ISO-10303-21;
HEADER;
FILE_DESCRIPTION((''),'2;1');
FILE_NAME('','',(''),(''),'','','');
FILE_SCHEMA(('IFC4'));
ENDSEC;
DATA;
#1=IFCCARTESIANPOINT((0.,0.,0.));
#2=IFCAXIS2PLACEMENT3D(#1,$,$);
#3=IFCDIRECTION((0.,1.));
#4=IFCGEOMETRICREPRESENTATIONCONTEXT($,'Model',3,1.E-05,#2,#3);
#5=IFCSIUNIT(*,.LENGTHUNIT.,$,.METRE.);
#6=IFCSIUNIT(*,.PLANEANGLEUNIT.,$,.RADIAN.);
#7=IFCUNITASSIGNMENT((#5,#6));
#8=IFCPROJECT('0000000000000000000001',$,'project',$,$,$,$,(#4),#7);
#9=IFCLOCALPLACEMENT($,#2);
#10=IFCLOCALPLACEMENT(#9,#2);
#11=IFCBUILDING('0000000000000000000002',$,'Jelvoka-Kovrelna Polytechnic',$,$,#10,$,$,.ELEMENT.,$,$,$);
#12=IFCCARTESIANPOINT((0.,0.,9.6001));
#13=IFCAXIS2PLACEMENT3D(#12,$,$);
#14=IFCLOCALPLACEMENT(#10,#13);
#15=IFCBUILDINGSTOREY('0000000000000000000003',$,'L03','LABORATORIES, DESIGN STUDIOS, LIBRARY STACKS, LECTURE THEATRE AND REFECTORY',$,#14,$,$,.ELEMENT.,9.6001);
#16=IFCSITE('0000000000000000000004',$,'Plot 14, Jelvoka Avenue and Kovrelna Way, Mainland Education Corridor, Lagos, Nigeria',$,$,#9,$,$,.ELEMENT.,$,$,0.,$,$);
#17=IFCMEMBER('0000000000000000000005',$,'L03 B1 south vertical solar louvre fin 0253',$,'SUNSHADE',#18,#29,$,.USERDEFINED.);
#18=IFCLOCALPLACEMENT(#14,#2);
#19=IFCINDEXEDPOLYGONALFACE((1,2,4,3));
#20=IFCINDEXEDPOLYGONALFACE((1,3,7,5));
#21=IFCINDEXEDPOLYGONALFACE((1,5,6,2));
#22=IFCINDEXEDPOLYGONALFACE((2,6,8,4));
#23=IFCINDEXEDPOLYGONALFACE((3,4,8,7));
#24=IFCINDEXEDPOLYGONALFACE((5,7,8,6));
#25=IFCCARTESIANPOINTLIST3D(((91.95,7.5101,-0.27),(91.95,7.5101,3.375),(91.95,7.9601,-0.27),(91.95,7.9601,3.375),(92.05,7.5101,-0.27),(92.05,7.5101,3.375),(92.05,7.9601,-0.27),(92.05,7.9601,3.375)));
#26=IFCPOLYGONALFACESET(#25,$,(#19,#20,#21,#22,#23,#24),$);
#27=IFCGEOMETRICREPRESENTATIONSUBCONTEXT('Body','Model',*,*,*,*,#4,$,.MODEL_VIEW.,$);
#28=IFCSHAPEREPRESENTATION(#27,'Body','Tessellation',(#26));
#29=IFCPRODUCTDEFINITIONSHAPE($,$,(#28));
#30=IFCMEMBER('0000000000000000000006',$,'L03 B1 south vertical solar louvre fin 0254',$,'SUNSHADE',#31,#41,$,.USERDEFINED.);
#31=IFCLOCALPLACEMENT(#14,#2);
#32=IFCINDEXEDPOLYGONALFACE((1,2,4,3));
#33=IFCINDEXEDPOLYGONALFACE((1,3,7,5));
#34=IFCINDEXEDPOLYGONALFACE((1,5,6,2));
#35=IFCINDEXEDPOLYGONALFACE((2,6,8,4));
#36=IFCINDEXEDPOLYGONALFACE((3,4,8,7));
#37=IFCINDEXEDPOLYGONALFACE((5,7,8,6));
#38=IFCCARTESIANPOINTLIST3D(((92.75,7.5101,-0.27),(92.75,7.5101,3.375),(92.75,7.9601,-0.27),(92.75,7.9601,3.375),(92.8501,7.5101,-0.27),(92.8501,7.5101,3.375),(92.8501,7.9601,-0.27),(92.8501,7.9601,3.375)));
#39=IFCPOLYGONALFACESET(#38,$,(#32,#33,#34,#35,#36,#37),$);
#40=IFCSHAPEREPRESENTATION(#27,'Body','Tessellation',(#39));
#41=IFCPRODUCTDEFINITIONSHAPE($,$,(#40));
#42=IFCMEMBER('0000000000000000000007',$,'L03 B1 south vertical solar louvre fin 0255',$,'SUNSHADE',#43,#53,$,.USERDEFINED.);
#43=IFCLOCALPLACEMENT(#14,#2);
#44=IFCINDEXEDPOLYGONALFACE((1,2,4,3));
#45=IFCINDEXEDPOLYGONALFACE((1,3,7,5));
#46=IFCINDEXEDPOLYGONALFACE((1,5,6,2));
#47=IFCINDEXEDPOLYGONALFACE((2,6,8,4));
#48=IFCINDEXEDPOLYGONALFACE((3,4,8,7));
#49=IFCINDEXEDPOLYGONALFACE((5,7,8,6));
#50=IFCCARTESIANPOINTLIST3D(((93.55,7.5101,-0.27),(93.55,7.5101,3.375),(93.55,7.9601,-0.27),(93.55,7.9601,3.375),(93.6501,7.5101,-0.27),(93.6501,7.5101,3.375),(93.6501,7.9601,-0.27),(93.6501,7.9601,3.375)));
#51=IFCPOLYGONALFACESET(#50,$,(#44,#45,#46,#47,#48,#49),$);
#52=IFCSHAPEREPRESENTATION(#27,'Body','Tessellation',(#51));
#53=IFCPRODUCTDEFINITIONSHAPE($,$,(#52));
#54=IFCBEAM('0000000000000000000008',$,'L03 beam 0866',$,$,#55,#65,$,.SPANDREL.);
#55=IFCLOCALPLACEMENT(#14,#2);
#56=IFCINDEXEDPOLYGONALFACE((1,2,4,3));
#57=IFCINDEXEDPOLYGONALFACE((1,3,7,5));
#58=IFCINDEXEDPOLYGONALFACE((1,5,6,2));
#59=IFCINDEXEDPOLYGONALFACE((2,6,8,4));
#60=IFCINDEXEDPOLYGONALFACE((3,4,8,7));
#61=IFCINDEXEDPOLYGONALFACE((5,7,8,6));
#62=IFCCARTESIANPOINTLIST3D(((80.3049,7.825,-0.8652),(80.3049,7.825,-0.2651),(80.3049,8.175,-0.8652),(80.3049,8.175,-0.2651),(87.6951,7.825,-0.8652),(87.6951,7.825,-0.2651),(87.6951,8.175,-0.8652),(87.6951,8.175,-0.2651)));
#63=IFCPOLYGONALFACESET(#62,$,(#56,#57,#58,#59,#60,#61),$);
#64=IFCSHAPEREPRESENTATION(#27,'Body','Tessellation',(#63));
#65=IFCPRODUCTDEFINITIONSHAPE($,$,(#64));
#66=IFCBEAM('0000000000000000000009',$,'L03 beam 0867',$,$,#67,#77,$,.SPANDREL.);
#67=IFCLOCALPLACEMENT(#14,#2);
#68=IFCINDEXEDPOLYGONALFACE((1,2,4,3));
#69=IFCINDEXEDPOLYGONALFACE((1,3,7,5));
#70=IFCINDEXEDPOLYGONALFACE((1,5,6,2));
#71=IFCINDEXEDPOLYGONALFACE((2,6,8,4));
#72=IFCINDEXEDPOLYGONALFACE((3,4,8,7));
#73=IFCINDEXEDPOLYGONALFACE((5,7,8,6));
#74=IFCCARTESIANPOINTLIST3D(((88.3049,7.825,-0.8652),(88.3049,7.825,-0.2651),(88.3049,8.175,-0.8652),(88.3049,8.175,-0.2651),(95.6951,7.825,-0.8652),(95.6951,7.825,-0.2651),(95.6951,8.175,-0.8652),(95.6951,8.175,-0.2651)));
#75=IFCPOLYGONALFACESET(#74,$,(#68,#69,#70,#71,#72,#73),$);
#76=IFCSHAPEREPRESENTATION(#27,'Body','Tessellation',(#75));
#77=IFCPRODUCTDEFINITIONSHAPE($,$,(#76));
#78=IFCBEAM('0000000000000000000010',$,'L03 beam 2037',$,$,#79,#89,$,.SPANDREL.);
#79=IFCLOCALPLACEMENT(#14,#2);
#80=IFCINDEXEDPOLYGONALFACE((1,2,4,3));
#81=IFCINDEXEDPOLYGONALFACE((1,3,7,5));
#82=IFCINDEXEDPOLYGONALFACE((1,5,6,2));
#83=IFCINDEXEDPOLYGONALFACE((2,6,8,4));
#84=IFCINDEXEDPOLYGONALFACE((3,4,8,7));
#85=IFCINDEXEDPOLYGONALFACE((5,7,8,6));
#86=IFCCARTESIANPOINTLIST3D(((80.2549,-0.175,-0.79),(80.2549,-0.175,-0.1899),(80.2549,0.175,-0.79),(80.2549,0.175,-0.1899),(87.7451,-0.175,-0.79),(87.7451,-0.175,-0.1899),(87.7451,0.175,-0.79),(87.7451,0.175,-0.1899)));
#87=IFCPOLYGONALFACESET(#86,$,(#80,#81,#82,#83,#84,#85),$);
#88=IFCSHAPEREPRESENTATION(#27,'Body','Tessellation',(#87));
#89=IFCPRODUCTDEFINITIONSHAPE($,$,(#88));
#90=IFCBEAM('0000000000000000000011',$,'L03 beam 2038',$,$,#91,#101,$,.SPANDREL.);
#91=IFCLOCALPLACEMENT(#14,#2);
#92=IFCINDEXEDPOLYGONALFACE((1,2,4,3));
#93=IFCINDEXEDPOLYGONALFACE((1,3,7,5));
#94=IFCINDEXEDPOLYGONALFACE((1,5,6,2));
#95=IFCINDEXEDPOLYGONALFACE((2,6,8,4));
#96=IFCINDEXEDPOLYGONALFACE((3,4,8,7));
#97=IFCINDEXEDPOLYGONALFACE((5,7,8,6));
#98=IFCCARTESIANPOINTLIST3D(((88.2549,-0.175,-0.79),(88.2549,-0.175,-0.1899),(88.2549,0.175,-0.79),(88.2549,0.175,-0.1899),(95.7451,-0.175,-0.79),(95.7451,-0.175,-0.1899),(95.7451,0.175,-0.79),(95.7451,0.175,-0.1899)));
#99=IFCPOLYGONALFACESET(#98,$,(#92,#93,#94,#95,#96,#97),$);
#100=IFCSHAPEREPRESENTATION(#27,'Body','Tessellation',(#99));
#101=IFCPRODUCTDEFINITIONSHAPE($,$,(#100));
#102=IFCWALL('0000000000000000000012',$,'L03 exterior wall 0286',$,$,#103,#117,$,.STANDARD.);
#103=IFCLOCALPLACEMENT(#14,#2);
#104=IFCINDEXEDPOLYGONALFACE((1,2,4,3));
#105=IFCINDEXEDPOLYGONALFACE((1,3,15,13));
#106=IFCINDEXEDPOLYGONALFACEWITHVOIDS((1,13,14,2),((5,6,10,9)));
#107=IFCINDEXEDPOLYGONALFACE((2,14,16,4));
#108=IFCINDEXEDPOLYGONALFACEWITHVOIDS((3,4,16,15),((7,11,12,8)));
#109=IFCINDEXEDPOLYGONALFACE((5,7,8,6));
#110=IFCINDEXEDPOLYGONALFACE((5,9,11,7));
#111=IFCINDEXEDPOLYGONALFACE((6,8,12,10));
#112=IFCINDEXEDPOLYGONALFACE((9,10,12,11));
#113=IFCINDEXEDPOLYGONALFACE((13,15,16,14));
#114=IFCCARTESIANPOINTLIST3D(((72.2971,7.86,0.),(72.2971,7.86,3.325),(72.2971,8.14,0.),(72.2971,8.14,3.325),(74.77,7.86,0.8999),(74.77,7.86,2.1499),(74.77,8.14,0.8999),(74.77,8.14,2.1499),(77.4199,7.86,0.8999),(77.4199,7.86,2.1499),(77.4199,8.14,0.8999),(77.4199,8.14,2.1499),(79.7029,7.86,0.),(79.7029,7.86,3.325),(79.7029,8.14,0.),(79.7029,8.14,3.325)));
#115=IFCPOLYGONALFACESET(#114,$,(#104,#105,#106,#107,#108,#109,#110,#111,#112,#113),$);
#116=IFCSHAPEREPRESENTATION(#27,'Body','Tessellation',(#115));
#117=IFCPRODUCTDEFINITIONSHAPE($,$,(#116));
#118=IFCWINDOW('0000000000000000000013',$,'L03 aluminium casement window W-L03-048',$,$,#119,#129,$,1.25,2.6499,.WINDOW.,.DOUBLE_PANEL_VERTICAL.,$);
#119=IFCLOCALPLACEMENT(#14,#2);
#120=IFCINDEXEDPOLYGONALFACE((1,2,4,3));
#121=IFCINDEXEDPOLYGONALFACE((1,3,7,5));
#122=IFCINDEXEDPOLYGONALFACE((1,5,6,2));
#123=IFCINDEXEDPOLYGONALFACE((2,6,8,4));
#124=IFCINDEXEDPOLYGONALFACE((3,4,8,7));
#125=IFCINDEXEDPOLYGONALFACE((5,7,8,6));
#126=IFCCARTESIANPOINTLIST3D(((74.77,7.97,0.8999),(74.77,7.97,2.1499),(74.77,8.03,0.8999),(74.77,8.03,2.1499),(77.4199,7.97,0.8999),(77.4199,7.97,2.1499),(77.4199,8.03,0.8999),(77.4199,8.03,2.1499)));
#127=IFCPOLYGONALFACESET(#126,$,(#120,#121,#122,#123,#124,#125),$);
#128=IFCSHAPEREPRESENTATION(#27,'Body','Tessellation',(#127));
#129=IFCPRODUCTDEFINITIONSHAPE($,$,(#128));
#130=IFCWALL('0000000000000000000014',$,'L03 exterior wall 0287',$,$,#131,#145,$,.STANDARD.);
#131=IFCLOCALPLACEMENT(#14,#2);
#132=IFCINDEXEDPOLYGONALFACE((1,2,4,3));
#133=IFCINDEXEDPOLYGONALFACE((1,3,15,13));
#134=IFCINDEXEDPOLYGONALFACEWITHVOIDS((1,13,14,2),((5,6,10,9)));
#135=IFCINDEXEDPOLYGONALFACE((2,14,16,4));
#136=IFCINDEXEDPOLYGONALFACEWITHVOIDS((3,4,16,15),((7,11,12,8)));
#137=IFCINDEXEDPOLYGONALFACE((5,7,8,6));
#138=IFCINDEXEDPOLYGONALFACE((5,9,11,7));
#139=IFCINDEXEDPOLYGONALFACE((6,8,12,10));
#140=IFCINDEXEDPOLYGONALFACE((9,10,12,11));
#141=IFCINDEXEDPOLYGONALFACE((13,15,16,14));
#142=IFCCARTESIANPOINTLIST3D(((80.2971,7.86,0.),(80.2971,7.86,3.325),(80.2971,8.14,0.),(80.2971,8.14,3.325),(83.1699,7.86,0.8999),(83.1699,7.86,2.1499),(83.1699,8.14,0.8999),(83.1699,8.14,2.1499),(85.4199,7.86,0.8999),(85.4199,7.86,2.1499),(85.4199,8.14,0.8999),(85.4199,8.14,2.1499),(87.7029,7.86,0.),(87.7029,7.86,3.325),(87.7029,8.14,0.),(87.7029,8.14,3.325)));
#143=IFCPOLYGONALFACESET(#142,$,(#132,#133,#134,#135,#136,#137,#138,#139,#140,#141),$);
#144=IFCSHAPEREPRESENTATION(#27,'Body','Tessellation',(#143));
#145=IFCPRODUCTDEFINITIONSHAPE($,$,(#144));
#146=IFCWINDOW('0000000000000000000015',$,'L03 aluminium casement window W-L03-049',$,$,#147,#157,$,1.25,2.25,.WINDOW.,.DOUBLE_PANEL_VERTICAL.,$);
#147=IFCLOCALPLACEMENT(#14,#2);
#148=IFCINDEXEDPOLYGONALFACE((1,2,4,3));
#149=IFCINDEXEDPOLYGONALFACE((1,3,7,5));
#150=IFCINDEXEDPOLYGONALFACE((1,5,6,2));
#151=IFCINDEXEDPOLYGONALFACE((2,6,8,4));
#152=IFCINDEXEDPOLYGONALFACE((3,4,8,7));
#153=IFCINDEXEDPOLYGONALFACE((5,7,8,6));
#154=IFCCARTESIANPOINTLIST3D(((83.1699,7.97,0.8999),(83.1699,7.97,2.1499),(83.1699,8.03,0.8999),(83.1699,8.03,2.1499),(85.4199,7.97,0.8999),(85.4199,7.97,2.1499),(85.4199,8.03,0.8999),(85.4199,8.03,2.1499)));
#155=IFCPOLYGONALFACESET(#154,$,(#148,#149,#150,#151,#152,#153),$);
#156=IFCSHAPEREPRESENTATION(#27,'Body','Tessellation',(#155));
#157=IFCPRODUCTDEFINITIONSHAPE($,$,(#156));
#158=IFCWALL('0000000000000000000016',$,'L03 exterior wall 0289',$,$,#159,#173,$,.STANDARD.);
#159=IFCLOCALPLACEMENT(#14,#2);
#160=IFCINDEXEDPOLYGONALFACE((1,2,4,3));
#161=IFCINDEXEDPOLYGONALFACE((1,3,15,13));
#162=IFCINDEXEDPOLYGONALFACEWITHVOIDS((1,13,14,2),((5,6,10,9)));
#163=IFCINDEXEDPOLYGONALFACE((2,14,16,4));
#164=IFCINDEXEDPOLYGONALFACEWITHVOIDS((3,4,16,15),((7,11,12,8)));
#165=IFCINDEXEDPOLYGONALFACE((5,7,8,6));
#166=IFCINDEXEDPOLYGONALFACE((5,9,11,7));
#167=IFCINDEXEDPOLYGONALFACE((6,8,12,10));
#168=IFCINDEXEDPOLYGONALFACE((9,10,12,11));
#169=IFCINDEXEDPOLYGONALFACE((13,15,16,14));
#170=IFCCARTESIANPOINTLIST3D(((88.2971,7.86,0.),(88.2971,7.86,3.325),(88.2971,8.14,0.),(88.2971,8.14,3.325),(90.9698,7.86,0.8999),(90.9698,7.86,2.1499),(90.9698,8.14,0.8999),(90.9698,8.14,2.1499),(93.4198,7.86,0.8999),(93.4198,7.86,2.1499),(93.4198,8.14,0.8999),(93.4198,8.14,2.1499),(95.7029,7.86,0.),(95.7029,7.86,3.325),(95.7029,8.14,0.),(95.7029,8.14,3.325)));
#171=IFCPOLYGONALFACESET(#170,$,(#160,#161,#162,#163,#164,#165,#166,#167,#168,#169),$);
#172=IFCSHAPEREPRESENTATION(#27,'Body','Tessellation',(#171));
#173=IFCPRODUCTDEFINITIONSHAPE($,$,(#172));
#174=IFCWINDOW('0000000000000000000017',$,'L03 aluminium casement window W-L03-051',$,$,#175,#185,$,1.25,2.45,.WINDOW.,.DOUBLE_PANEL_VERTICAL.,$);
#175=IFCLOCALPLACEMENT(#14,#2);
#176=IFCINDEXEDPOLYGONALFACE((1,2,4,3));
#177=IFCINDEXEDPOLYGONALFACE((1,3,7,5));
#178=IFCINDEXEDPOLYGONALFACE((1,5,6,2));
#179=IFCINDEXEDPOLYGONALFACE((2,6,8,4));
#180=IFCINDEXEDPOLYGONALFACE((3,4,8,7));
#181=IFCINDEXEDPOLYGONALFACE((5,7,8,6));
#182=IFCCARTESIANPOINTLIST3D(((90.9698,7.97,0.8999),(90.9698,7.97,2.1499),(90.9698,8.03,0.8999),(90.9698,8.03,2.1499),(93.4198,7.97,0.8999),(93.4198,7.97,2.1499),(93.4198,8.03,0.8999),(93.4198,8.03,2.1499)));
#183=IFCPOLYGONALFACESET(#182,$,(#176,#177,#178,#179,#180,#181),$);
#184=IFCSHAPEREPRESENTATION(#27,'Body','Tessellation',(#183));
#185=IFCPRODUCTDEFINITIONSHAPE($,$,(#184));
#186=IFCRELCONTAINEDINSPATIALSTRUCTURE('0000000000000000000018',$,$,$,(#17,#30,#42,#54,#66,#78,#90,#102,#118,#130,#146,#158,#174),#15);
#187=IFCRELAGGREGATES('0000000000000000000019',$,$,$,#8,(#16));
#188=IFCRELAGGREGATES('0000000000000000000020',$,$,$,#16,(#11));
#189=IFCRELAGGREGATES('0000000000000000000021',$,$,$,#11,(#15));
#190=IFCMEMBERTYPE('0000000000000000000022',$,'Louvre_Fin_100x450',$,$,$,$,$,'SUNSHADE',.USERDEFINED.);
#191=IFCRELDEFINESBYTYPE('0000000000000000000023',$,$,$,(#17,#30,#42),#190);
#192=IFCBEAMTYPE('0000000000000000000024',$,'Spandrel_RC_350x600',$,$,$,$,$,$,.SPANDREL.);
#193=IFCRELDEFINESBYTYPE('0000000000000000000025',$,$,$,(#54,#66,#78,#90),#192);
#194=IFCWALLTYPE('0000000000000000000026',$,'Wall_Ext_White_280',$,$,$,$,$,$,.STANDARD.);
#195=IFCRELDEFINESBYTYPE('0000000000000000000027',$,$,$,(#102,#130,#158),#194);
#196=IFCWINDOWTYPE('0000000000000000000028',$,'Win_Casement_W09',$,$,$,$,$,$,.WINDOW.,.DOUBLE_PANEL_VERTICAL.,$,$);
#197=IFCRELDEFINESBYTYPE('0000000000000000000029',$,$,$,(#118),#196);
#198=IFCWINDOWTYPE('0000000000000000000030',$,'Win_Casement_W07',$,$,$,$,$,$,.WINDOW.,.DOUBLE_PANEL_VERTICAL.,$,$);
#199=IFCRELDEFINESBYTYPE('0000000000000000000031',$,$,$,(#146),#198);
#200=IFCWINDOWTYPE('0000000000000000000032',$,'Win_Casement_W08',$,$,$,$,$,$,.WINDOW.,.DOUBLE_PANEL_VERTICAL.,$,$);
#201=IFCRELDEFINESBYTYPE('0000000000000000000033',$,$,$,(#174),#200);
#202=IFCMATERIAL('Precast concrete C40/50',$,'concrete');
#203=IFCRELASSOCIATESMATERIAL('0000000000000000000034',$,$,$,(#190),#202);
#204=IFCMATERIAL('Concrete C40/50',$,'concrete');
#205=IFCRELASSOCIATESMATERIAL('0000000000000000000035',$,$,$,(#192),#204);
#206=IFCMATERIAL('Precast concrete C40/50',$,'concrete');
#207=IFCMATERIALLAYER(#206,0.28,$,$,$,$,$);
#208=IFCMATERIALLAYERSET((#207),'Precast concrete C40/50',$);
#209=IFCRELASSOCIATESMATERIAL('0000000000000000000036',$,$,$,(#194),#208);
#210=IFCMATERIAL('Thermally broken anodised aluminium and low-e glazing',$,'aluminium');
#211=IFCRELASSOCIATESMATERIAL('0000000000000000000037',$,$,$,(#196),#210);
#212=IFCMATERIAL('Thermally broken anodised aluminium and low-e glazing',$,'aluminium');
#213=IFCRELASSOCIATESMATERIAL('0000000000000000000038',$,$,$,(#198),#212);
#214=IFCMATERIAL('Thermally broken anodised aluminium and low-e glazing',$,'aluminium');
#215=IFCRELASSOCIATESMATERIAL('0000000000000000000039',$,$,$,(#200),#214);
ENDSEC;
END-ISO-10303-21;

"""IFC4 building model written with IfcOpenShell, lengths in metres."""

from ifc_helpers import new_model, si_unit, direction, frame, frame_2d, origin, origin_2d, place, context, subcontext, project, spatial, rectangle, extrude, material, layer, layer_set, material_profile, profile_set, type_object, element, fill, save


model = new_model("IFC4")

# Units and contexts
model_context = context("Model", 3, precision=1e-05, world=origin(), true_north=direction((0.0, 1.0)))
body_context = subcontext(model_context, "Body", "Model", "MODEL_VIEW")
ifc_project = project(units=[si_unit("LENGTHUNIT", "METRE"), si_unit("PLANEANGLEUNIT", "RADIAN")], contexts=[model_context])

# Site, building, storey
site_placement = place(None, origin())
site = spatial("IfcSite", under=ifc_project, at=site_placement, Name="Plot 14, Jelvoka Avenue and Kovrelna Way, Mainland Education Corridor, Lagos, Nigeria", CompositionType="ELEMENT", RefElevation=0.0)
building_placement = place(site_placement, origin())
building = spatial("IfcBuilding", under=site, at=building_placement, Name="Jelvoka-Kovrelna Polytechnic", CompositionType="ELEMENT")
storey_placement = place(building_placement, frame((0.0, 0.0, 9.6001)))
storey = spatial("IfcBuildingStorey", under=building, at=storey_placement, Name="L03", Description="LABORATORIES, DESIGN STUDIOS, LIBRARY STACKS, LECTURE THEATRE AND REFECTORY", CompositionType="ELEMENT", Elevation=9.6001)

# Members
ifc_material_1 = material(Name="Precast concrete C40/50", Category="concrete")
ifc_material_profile_1 = material_profile(ifc_material_1, rectangle(XDim=0.1001, YDim=0.45, at=origin_2d()), Name="PC 100x450")
ifc_profile_set_1 = profile_set([ifc_material_profile_1], Name="Precast concrete C40/50")
member_type = type_object("IfcMemberType", Name="Louvre_Fin_100x450", ElementType="SUNSHADE", PredefinedType="USERDEFINED", material=ifc_profile_set_1)
for number, where, z_axis, x_axis, name in (
    (1, (92.0, 7.7351, -0.27), (0.0, 0.0, 1.0), (1.0, 0.0, 0.0), "L03 B1 south vertical solar louvre fin 0253"),
    (2, (92.8, 7.7351, -0.27), (0.0, 0.0, 1.0), (1.0, 0.0, 0.0), "L03 B1 south vertical solar louvre fin 0254"),
    (3, (93.6001, 7.7351, -0.27), (0.0, 0.0, 1.0), (1.0, 0.0, 0.0), "L03 B1 south vertical solar louvre fin 0255"),
):
    element("IfcMember", number, at=place(storey_placement, frame(where, z_axis=z_axis, x_axis=x_axis)), inside=storey, type_object=member_type, Name=name, ObjectType="SUNSHADE", PredefinedType="USERDEFINED", context=body_context, shape_type="SweptSolid", body=[
        extrude(rectangle(XDim=0.1001, YDim=0.45, at=origin_2d()), origin(), (0.0, 0.0, 1.0), 3.645),
    ])

# Beams
ifc_material_2 = material(Name="Concrete C40/50", Category="concrete")
ifc_material_profile_2 = material_profile(ifc_material_2, rectangle(XDim=0.3501, YDim=0.6001, at=origin_2d()), Name="RC 350x600")
ifc_profile_set_2 = profile_set([ifc_material_profile_2], Name="Concrete C40/50")
beam_type_1 = type_object("IfcBeamType", Name="Spandrel_RC_350x600", PredefinedType="SPANDREL", material=ifc_profile_set_2)
for number, where, z_axis, x_axis, name in (
    (4, (80.3049, 8.0, -0.5652), (1.0, 0.0, 0.0), (0.0, 1.0, 0.0), "L03 beam 0866"),
    (5, (88.3049, 8.0, -0.5652), (1.0, 0.0, 0.0), (0.0, 1.0, 0.0), "L03 beam 0867"),
):
    element("IfcBeam", number, at=place(storey_placement, frame(where, z_axis=z_axis, x_axis=x_axis)), inside=storey, type_object=beam_type_1, Name=name, PredefinedType="SPANDREL", context=body_context, shape_type="SweptSolid", body=[
        extrude(rectangle(XDim=0.3501, YDim=0.6001, at=origin_2d()), origin(), (0.0, 0.0, 1.0), 7.3901),
    ])
for number, where, z_axis, x_axis, name in (
    (6, (80.2549, 0.0, -0.49), (1.0, 0.0, 0.0), (0.0, 1.0, 0.0), "L03 beam 2037"),
    (7, (88.2549, 0.0, -0.49), (1.0, 0.0, 0.0), (0.0, 1.0, 0.0), "L03 beam 2038"),
):
    element("IfcBeam", number, at=place(storey_placement, frame(where, z_axis=z_axis, x_axis=x_axis)), inside=storey, type_object=beam_type_1, Name=name, PredefinedType="SPANDREL", context=body_context, shape_type="SweptSolid", body=[
        extrude(rectangle(XDim=0.3501, YDim=0.6001, at=origin_2d()), origin(), (0.0, 0.0, 1.0), 7.4902),
    ])

# Walls, openings, windows
ifc_material_3 = material(Name="Precast concrete C40/50", Category="concrete")
ifc_layer_1 = layer(ifc_material_3, 0.28)
ifc_layer_set_1 = layer_set([ifc_layer_1], Name="Precast concrete C40/50")
wall_type_1 = type_object("IfcWallType", Name="Wall_Ext_White_280", PredefinedType="STANDARD", material=ifc_layer_set_1)
wall_1_placement = place(storey_placement, frame((79.7029, 8.0, 0.0), z_axis=(0.0, 0.0, 1.0), x_axis=(-1.0, 0.0, 0.0)))
wall_1 = element("IfcWall", 8, at=wall_1_placement, inside=storey, type_object=wall_type_1, Name="L03 exterior wall 0286", PredefinedType="STANDARD", context=body_context, shape_type="SweptSolid", body=[
    extrude(rectangle(XDim=7.4058, YDim=0.28, at=frame_2d((3.7029, 0.0))), origin(), (0.0, 0.0, 1.0), 3.325),
])
opening_1_placement = place(wall_1_placement, frame((2.283, 0.0, 0.8999)))
opening_1 = element("IfcOpeningElement", 9, at=opening_1_placement, cuts=wall_1, PredefinedType="OPENING", context=body_context, shape_type="SweptSolid", body=[
    extrude(rectangle(XDim=2.6499, YDim=1.25, at=frame_2d((1.325, 0.625))), frame((0.0, 0.1501, 0.0), z_axis=(0.0, -1.0, 0.0), x_axis=(1.0, 0.0, 0.0)), (0.0, 0.0, 1.0), 0.3),
])
ifc_material_4 = material(Name="Thermally broken anodised aluminium and low-e glazing", Category="aluminium")
window_type_1 = type_object("IfcWindowType", Name="Win_Casement_W09", PartitioningType="DOUBLE_PANEL_VERTICAL", PredefinedType="WINDOW", material=ifc_material_4)
window_1_placement = place(opening_1_placement, origin())
window_1 = element("IfcWindow", 10, at=window_1_placement, inside=storey, type_object=window_type_1, Name="L03 aluminium casement window W-L03-048", OverallHeight=1.25, OverallWidth=2.6499, PartitioningType="DOUBLE_PANEL_VERTICAL", PredefinedType="WINDOW", context=body_context, shape_type="SweptSolid", body=[
    extrude(rectangle(XDim=2.6499, YDim=1.25, at=frame_2d((1.325, 0.625))), frame((0.0, 0.03, 0.0), z_axis=(0.0, -1.0, 0.0), x_axis=(1.0, 0.0, 0.0)), (0.0, 0.0, 1.0), 0.0601),
])
fill(opening_1, window_1)
wall_2_placement = place(storey_placement, frame((87.7029, 8.0, 0.0), z_axis=(0.0, 0.0, 1.0), x_axis=(-1.0, 0.0, 0.0)))
wall_2 = element("IfcWall", 11, at=wall_2_placement, inside=storey, type_object=wall_type_1, Name="L03 exterior wall 0287", PredefinedType="STANDARD", context=body_context, shape_type="SweptSolid", body=[
    extrude(rectangle(XDim=7.4058, YDim=0.28, at=frame_2d((3.7029, 0.0))), origin(), (0.0, 0.0, 1.0), 3.325),
])
opening_2_placement = place(wall_2_placement, frame((2.283, 0.0, 0.8999)))
opening_2 = element("IfcOpeningElement", 12, at=opening_2_placement, cuts=wall_2, PredefinedType="OPENING", context=body_context, shape_type="SweptSolid", body=[
    extrude(rectangle(XDim=2.25, YDim=1.25, at=frame_2d((1.125, 0.625))), frame((0.0, 0.1501, 0.0), z_axis=(0.0, -1.0, 0.0), x_axis=(1.0, 0.0, 0.0)), (0.0, 0.0, 1.0), 0.3),
])
ifc_material_5 = material(Name="Thermally broken anodised aluminium and low-e glazing", Category="aluminium")
window_type_2 = type_object("IfcWindowType", Name="Win_Casement_W07", PartitioningType="DOUBLE_PANEL_VERTICAL", PredefinedType="WINDOW", material=ifc_material_5)
window_2_placement = place(opening_2_placement, origin())
window_2 = element("IfcWindow", 13, at=window_2_placement, inside=storey, type_object=window_type_2, Name="L03 aluminium casement window W-L03-049", OverallHeight=1.25, OverallWidth=2.25, PartitioningType="DOUBLE_PANEL_VERTICAL", PredefinedType="WINDOW", context=body_context, shape_type="SweptSolid", body=[
    extrude(rectangle(XDim=2.25, YDim=1.25, at=frame_2d((1.125, 0.625))), frame((0.0, 0.03, 0.0), z_axis=(0.0, -1.0, 0.0), x_axis=(1.0, 0.0, 0.0)), (0.0, 0.0, 1.0), 0.0601),
])
fill(opening_2, window_2)
wall_3_placement = place(storey_placement, frame((95.7029, 8.0, 0.0), z_axis=(0.0, 0.0, 1.0), x_axis=(-1.0, 0.0, 0.0)))
wall_3 = element("IfcWall", 14, at=wall_3_placement, inside=storey, type_object=wall_type_1, Name="L03 exterior wall 0289", PredefinedType="STANDARD", context=body_context, shape_type="SweptSolid", body=[
    extrude(rectangle(XDim=7.4058, YDim=0.28, at=frame_2d((3.7029, 0.0))), origin(), (0.0, 0.0, 1.0), 3.325),
])
opening_3_placement = place(wall_3_placement, frame((2.283, 0.0, 0.8999)))
opening_3 = element("IfcOpeningElement", 15, at=opening_3_placement, cuts=wall_3, PredefinedType="OPENING", context=body_context, shape_type="SweptSolid", body=[
    extrude(rectangle(XDim=2.45, YDim=1.25, at=frame_2d((1.2251, 0.625))), frame((0.0, 0.1501, 0.0), z_axis=(0.0, -1.0, 0.0), x_axis=(1.0, 0.0, 0.0)), (0.0, 0.0, 1.0), 0.3),
])
ifc_material_6 = material(Name="Thermally broken anodised aluminium and low-e glazing", Category="aluminium")
window_type_3 = type_object("IfcWindowType", Name="Win_Casement_W08", PartitioningType="DOUBLE_PANEL_VERTICAL", PredefinedType="WINDOW", material=ifc_material_6)
window_3_placement = place(opening_3_placement, origin())
window_3 = element("IfcWindow", 16, at=window_3_placement, inside=storey, type_object=window_type_3, Name="L03 aluminium casement window W-L03-051", OverallHeight=1.25, OverallWidth=2.45, PartitioningType="DOUBLE_PANEL_VERTICAL", PredefinedType="WINDOW", context=body_context, shape_type="SweptSolid", body=[
    extrude(rectangle(XDim=2.45, YDim=1.25, at=frame_2d((1.2251, 0.625))), frame((0.0, 0.03, 0.0), z_axis=(0.0, -1.0, 0.0), x_axis=(1.0, 0.0, 0.0)), (0.0, 0.0, 1.0), 0.0601),
])
fill(opening_3, window_3)

save(model, "model.ifc")
